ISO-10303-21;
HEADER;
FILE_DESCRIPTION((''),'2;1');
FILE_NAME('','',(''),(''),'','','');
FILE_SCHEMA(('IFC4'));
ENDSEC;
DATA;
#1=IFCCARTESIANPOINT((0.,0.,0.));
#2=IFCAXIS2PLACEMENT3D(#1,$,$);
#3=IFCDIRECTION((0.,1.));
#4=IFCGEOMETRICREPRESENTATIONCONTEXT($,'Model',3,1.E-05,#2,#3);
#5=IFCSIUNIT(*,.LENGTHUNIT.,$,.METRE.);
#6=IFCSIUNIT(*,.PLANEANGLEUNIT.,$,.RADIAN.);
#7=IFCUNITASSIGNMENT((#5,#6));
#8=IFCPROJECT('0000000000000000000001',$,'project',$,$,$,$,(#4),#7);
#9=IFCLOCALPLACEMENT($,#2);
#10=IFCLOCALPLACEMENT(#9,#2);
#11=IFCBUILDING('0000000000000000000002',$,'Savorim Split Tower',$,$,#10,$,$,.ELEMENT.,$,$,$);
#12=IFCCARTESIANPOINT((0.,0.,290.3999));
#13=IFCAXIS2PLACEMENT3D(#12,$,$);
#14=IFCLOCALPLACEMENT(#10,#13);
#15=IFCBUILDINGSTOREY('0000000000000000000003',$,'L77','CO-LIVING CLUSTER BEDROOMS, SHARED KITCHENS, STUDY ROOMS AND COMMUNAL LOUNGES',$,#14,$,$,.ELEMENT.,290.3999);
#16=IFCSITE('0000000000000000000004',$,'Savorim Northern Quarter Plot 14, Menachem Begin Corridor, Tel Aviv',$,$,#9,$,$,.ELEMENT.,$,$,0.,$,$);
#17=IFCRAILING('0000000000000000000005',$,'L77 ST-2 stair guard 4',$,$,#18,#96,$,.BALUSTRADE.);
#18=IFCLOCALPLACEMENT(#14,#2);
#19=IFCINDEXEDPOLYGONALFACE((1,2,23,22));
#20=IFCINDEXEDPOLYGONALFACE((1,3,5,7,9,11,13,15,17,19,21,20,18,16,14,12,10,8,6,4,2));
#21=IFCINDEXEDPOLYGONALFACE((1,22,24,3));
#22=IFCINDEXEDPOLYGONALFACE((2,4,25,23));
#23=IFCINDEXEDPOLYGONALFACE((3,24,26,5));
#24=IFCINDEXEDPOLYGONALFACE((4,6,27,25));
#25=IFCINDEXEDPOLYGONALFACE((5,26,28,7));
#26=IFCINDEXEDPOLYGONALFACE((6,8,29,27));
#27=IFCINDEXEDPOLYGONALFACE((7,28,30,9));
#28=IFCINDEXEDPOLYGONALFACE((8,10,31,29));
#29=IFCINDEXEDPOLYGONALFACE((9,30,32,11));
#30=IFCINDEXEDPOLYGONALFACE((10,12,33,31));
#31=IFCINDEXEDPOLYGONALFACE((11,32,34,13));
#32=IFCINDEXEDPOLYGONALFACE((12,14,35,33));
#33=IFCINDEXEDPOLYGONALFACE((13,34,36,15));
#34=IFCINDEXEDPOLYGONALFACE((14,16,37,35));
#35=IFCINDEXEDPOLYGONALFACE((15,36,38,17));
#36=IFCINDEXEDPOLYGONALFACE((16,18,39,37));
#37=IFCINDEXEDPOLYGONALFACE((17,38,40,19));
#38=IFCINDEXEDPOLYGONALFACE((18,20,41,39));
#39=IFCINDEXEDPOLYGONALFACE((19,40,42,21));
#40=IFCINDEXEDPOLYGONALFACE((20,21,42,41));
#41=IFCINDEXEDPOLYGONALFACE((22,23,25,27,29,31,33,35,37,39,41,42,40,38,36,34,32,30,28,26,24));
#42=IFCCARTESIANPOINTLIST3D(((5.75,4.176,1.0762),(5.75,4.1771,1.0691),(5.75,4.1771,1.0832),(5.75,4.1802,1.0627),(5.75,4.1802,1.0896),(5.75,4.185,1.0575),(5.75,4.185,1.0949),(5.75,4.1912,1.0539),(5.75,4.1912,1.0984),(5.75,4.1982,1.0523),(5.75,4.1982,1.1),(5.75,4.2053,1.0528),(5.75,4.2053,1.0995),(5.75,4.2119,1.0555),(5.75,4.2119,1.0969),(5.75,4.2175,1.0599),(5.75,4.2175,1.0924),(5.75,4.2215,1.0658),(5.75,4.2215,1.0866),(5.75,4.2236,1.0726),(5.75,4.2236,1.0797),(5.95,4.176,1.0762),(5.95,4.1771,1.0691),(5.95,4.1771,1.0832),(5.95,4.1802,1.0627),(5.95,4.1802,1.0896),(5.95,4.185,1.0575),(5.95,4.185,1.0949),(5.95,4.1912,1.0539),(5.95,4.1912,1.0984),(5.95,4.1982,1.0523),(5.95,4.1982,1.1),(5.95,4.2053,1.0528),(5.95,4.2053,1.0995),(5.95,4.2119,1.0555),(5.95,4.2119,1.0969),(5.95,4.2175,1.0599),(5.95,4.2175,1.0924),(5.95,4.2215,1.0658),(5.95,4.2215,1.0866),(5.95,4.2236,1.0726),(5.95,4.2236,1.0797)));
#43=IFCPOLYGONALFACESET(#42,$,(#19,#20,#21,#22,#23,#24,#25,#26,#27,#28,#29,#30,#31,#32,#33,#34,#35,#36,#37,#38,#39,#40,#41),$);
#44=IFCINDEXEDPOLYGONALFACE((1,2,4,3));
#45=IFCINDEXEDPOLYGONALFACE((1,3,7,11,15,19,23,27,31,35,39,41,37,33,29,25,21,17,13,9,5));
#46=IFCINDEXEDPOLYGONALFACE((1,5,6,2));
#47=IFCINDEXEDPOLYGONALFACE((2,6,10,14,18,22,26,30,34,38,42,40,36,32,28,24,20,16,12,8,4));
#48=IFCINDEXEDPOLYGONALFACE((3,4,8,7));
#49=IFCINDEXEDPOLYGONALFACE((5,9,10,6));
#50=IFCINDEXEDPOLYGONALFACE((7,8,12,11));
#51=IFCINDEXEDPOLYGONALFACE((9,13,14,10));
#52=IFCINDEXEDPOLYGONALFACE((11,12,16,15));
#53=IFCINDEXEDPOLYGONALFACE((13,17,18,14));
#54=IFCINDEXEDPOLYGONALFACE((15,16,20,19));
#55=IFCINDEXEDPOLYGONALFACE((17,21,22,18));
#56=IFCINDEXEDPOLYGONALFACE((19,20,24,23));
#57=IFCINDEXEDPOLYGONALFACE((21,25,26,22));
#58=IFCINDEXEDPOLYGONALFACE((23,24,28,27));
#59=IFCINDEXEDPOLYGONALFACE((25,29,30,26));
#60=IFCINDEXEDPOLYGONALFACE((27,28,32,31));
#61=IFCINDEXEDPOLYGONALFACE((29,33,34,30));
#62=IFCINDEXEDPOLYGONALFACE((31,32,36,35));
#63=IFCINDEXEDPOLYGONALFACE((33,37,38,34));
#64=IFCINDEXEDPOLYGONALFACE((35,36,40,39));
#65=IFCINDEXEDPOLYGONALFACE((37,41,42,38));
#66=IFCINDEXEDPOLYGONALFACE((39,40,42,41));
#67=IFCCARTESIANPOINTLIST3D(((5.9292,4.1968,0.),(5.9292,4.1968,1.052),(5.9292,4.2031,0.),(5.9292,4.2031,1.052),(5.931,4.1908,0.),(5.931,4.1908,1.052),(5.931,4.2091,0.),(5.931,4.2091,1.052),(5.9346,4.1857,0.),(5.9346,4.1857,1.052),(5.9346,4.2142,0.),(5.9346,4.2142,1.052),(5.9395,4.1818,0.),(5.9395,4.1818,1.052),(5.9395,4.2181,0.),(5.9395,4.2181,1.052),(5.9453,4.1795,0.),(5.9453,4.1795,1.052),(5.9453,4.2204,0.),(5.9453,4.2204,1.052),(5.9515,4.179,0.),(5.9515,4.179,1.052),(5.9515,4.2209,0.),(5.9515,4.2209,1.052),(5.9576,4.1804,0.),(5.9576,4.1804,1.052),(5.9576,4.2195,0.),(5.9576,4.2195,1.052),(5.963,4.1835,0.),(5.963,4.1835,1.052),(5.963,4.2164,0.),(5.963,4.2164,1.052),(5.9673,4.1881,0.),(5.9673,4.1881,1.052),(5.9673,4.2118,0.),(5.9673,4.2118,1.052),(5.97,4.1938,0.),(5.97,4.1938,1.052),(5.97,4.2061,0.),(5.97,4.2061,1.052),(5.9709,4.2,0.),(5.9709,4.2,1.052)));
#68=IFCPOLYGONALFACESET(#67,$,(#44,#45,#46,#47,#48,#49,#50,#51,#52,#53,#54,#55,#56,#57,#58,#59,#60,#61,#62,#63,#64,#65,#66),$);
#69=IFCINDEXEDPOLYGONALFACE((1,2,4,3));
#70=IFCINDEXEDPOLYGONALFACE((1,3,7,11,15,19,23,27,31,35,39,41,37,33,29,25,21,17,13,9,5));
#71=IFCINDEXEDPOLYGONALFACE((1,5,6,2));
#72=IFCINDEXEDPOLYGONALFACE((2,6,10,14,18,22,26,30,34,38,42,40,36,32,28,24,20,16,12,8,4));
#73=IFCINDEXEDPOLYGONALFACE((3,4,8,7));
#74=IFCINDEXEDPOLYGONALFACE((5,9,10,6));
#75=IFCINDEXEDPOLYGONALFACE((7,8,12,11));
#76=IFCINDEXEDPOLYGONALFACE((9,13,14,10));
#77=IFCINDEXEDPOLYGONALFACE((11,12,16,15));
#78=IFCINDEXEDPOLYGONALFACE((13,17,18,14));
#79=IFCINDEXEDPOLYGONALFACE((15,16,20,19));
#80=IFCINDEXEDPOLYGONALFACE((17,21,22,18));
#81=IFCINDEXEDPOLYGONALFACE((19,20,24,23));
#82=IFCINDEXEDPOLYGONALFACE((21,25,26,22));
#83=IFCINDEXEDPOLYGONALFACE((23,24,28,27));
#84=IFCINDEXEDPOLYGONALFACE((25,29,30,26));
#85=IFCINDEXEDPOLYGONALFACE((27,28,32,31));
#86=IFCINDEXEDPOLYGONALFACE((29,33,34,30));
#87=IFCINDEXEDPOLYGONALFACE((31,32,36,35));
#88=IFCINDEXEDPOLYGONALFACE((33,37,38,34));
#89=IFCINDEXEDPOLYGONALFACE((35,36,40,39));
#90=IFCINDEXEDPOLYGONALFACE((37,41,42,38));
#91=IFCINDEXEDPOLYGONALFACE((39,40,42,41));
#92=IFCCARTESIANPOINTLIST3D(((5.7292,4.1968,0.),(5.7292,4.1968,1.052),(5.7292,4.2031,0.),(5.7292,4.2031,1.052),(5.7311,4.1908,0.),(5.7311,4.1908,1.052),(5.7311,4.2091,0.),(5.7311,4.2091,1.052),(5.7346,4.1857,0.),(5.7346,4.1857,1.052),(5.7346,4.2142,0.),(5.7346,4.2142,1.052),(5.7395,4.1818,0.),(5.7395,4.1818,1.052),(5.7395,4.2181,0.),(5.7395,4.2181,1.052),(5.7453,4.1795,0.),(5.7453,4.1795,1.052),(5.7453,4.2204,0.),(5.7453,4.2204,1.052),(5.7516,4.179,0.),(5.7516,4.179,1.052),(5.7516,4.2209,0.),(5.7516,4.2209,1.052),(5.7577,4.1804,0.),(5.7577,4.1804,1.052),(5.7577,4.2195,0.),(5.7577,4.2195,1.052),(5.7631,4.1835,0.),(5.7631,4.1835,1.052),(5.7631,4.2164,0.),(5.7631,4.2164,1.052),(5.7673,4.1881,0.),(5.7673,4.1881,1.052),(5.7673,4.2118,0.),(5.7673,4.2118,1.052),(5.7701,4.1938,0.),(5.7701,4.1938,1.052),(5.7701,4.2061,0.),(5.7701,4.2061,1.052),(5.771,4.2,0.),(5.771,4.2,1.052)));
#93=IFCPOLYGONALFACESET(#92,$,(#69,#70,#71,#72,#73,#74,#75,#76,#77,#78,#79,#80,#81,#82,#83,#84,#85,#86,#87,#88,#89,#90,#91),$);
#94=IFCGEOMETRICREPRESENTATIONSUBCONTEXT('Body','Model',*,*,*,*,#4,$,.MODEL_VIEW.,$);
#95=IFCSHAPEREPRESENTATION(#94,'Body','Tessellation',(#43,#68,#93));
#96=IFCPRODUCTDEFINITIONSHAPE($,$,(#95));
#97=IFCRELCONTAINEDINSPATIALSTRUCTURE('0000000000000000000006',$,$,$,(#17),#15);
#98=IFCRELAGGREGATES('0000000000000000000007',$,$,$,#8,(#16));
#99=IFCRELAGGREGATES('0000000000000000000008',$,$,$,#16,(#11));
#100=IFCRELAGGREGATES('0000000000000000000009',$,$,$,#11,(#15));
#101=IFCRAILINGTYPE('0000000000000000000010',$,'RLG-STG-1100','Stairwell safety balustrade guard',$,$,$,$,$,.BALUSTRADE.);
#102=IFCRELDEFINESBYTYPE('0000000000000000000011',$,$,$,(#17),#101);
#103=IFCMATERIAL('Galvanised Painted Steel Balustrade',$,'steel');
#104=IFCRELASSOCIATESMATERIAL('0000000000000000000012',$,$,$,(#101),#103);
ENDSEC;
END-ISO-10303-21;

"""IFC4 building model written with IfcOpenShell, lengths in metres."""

from ifc_helpers import new_model, si_unit, direction, frame, origin, origin_2d, place, context, subcontext, project, spatial, circle, extrude, material, type_object, element, save


model = new_model("IFC4")

# Units and contexts
model_context = context("Model", 3, precision=1e-05, world=origin(), true_north=direction((0.0, 1.0)))
body_context = subcontext(model_context, "Body", "Model", "MODEL_VIEW")
ifc_project = project(units=[si_unit("LENGTHUNIT", "METRE"), si_unit("PLANEANGLEUNIT", "RADIAN")], contexts=[model_context])

# Site, building, storey
site_placement = place(None, origin())
site = spatial("IfcSite", under=ifc_project, at=site_placement, Name="Savorim Northern Quarter Plot 14, Menachem Begin Corridor, Tel Aviv", CompositionType="ELEMENT", RefElevation=0.0)
building_placement = place(site_placement, origin())
building = spatial("IfcBuilding", under=site, at=building_placement, Name="Savorim Split Tower", CompositionType="ELEMENT")
storey_placement = place(building_placement, frame((0.0, 0.0, 290.3999)))
storey = spatial("IfcBuildingStorey", under=building, at=storey_placement, Name="L77", Description="CO-LIVING CLUSTER BEDROOMS, SHARED KITCHENS, STUDY ROOMS AND COMMUNAL LOUNGES", CompositionType="ELEMENT", Elevation=290.3999)

# Railing
ifc_material_1 = material(Name="Galvanised Painted Steel Balustrade", Category="steel")
railing_type_1 = type_object("IfcRailingType", Name="RLG-STG-1100", Description="Stairwell safety balustrade guard", PredefinedType="BALUSTRADE", material=ifc_material_1)
railing_1_placement = place(storey_placement, frame((5.95, 4.2, 0.0)))
element("IfcRailing", 1, at=railing_1_placement, inside=storey, type_object=railing_type_1, Name="L77 ST-2 stair guard 4", PredefinedType="BALUSTRADE", context=body_context, shape_type="SweptSolid", body=[
    extrude(circle(Radius=0.0239, at=origin_2d()), frame((0.0, 0.0, 1.0762), z_axis=(-1.0, 0.0, 0.0), x_axis=(0.0, -1.0, 0.0)), (0.0, 0.0, 1.0), 0.2),
    extrude(circle(Radius=0.021, at=origin_2d()), origin(), (0.0, 0.0, 1.0), 1.052),
    extrude(circle(Radius=0.021, at=origin_2d()), frame((-0.2, 0.0, 0.0)), (0.0, 0.0, 1.0), 1.052),
])

save(model, "model.ifc")
